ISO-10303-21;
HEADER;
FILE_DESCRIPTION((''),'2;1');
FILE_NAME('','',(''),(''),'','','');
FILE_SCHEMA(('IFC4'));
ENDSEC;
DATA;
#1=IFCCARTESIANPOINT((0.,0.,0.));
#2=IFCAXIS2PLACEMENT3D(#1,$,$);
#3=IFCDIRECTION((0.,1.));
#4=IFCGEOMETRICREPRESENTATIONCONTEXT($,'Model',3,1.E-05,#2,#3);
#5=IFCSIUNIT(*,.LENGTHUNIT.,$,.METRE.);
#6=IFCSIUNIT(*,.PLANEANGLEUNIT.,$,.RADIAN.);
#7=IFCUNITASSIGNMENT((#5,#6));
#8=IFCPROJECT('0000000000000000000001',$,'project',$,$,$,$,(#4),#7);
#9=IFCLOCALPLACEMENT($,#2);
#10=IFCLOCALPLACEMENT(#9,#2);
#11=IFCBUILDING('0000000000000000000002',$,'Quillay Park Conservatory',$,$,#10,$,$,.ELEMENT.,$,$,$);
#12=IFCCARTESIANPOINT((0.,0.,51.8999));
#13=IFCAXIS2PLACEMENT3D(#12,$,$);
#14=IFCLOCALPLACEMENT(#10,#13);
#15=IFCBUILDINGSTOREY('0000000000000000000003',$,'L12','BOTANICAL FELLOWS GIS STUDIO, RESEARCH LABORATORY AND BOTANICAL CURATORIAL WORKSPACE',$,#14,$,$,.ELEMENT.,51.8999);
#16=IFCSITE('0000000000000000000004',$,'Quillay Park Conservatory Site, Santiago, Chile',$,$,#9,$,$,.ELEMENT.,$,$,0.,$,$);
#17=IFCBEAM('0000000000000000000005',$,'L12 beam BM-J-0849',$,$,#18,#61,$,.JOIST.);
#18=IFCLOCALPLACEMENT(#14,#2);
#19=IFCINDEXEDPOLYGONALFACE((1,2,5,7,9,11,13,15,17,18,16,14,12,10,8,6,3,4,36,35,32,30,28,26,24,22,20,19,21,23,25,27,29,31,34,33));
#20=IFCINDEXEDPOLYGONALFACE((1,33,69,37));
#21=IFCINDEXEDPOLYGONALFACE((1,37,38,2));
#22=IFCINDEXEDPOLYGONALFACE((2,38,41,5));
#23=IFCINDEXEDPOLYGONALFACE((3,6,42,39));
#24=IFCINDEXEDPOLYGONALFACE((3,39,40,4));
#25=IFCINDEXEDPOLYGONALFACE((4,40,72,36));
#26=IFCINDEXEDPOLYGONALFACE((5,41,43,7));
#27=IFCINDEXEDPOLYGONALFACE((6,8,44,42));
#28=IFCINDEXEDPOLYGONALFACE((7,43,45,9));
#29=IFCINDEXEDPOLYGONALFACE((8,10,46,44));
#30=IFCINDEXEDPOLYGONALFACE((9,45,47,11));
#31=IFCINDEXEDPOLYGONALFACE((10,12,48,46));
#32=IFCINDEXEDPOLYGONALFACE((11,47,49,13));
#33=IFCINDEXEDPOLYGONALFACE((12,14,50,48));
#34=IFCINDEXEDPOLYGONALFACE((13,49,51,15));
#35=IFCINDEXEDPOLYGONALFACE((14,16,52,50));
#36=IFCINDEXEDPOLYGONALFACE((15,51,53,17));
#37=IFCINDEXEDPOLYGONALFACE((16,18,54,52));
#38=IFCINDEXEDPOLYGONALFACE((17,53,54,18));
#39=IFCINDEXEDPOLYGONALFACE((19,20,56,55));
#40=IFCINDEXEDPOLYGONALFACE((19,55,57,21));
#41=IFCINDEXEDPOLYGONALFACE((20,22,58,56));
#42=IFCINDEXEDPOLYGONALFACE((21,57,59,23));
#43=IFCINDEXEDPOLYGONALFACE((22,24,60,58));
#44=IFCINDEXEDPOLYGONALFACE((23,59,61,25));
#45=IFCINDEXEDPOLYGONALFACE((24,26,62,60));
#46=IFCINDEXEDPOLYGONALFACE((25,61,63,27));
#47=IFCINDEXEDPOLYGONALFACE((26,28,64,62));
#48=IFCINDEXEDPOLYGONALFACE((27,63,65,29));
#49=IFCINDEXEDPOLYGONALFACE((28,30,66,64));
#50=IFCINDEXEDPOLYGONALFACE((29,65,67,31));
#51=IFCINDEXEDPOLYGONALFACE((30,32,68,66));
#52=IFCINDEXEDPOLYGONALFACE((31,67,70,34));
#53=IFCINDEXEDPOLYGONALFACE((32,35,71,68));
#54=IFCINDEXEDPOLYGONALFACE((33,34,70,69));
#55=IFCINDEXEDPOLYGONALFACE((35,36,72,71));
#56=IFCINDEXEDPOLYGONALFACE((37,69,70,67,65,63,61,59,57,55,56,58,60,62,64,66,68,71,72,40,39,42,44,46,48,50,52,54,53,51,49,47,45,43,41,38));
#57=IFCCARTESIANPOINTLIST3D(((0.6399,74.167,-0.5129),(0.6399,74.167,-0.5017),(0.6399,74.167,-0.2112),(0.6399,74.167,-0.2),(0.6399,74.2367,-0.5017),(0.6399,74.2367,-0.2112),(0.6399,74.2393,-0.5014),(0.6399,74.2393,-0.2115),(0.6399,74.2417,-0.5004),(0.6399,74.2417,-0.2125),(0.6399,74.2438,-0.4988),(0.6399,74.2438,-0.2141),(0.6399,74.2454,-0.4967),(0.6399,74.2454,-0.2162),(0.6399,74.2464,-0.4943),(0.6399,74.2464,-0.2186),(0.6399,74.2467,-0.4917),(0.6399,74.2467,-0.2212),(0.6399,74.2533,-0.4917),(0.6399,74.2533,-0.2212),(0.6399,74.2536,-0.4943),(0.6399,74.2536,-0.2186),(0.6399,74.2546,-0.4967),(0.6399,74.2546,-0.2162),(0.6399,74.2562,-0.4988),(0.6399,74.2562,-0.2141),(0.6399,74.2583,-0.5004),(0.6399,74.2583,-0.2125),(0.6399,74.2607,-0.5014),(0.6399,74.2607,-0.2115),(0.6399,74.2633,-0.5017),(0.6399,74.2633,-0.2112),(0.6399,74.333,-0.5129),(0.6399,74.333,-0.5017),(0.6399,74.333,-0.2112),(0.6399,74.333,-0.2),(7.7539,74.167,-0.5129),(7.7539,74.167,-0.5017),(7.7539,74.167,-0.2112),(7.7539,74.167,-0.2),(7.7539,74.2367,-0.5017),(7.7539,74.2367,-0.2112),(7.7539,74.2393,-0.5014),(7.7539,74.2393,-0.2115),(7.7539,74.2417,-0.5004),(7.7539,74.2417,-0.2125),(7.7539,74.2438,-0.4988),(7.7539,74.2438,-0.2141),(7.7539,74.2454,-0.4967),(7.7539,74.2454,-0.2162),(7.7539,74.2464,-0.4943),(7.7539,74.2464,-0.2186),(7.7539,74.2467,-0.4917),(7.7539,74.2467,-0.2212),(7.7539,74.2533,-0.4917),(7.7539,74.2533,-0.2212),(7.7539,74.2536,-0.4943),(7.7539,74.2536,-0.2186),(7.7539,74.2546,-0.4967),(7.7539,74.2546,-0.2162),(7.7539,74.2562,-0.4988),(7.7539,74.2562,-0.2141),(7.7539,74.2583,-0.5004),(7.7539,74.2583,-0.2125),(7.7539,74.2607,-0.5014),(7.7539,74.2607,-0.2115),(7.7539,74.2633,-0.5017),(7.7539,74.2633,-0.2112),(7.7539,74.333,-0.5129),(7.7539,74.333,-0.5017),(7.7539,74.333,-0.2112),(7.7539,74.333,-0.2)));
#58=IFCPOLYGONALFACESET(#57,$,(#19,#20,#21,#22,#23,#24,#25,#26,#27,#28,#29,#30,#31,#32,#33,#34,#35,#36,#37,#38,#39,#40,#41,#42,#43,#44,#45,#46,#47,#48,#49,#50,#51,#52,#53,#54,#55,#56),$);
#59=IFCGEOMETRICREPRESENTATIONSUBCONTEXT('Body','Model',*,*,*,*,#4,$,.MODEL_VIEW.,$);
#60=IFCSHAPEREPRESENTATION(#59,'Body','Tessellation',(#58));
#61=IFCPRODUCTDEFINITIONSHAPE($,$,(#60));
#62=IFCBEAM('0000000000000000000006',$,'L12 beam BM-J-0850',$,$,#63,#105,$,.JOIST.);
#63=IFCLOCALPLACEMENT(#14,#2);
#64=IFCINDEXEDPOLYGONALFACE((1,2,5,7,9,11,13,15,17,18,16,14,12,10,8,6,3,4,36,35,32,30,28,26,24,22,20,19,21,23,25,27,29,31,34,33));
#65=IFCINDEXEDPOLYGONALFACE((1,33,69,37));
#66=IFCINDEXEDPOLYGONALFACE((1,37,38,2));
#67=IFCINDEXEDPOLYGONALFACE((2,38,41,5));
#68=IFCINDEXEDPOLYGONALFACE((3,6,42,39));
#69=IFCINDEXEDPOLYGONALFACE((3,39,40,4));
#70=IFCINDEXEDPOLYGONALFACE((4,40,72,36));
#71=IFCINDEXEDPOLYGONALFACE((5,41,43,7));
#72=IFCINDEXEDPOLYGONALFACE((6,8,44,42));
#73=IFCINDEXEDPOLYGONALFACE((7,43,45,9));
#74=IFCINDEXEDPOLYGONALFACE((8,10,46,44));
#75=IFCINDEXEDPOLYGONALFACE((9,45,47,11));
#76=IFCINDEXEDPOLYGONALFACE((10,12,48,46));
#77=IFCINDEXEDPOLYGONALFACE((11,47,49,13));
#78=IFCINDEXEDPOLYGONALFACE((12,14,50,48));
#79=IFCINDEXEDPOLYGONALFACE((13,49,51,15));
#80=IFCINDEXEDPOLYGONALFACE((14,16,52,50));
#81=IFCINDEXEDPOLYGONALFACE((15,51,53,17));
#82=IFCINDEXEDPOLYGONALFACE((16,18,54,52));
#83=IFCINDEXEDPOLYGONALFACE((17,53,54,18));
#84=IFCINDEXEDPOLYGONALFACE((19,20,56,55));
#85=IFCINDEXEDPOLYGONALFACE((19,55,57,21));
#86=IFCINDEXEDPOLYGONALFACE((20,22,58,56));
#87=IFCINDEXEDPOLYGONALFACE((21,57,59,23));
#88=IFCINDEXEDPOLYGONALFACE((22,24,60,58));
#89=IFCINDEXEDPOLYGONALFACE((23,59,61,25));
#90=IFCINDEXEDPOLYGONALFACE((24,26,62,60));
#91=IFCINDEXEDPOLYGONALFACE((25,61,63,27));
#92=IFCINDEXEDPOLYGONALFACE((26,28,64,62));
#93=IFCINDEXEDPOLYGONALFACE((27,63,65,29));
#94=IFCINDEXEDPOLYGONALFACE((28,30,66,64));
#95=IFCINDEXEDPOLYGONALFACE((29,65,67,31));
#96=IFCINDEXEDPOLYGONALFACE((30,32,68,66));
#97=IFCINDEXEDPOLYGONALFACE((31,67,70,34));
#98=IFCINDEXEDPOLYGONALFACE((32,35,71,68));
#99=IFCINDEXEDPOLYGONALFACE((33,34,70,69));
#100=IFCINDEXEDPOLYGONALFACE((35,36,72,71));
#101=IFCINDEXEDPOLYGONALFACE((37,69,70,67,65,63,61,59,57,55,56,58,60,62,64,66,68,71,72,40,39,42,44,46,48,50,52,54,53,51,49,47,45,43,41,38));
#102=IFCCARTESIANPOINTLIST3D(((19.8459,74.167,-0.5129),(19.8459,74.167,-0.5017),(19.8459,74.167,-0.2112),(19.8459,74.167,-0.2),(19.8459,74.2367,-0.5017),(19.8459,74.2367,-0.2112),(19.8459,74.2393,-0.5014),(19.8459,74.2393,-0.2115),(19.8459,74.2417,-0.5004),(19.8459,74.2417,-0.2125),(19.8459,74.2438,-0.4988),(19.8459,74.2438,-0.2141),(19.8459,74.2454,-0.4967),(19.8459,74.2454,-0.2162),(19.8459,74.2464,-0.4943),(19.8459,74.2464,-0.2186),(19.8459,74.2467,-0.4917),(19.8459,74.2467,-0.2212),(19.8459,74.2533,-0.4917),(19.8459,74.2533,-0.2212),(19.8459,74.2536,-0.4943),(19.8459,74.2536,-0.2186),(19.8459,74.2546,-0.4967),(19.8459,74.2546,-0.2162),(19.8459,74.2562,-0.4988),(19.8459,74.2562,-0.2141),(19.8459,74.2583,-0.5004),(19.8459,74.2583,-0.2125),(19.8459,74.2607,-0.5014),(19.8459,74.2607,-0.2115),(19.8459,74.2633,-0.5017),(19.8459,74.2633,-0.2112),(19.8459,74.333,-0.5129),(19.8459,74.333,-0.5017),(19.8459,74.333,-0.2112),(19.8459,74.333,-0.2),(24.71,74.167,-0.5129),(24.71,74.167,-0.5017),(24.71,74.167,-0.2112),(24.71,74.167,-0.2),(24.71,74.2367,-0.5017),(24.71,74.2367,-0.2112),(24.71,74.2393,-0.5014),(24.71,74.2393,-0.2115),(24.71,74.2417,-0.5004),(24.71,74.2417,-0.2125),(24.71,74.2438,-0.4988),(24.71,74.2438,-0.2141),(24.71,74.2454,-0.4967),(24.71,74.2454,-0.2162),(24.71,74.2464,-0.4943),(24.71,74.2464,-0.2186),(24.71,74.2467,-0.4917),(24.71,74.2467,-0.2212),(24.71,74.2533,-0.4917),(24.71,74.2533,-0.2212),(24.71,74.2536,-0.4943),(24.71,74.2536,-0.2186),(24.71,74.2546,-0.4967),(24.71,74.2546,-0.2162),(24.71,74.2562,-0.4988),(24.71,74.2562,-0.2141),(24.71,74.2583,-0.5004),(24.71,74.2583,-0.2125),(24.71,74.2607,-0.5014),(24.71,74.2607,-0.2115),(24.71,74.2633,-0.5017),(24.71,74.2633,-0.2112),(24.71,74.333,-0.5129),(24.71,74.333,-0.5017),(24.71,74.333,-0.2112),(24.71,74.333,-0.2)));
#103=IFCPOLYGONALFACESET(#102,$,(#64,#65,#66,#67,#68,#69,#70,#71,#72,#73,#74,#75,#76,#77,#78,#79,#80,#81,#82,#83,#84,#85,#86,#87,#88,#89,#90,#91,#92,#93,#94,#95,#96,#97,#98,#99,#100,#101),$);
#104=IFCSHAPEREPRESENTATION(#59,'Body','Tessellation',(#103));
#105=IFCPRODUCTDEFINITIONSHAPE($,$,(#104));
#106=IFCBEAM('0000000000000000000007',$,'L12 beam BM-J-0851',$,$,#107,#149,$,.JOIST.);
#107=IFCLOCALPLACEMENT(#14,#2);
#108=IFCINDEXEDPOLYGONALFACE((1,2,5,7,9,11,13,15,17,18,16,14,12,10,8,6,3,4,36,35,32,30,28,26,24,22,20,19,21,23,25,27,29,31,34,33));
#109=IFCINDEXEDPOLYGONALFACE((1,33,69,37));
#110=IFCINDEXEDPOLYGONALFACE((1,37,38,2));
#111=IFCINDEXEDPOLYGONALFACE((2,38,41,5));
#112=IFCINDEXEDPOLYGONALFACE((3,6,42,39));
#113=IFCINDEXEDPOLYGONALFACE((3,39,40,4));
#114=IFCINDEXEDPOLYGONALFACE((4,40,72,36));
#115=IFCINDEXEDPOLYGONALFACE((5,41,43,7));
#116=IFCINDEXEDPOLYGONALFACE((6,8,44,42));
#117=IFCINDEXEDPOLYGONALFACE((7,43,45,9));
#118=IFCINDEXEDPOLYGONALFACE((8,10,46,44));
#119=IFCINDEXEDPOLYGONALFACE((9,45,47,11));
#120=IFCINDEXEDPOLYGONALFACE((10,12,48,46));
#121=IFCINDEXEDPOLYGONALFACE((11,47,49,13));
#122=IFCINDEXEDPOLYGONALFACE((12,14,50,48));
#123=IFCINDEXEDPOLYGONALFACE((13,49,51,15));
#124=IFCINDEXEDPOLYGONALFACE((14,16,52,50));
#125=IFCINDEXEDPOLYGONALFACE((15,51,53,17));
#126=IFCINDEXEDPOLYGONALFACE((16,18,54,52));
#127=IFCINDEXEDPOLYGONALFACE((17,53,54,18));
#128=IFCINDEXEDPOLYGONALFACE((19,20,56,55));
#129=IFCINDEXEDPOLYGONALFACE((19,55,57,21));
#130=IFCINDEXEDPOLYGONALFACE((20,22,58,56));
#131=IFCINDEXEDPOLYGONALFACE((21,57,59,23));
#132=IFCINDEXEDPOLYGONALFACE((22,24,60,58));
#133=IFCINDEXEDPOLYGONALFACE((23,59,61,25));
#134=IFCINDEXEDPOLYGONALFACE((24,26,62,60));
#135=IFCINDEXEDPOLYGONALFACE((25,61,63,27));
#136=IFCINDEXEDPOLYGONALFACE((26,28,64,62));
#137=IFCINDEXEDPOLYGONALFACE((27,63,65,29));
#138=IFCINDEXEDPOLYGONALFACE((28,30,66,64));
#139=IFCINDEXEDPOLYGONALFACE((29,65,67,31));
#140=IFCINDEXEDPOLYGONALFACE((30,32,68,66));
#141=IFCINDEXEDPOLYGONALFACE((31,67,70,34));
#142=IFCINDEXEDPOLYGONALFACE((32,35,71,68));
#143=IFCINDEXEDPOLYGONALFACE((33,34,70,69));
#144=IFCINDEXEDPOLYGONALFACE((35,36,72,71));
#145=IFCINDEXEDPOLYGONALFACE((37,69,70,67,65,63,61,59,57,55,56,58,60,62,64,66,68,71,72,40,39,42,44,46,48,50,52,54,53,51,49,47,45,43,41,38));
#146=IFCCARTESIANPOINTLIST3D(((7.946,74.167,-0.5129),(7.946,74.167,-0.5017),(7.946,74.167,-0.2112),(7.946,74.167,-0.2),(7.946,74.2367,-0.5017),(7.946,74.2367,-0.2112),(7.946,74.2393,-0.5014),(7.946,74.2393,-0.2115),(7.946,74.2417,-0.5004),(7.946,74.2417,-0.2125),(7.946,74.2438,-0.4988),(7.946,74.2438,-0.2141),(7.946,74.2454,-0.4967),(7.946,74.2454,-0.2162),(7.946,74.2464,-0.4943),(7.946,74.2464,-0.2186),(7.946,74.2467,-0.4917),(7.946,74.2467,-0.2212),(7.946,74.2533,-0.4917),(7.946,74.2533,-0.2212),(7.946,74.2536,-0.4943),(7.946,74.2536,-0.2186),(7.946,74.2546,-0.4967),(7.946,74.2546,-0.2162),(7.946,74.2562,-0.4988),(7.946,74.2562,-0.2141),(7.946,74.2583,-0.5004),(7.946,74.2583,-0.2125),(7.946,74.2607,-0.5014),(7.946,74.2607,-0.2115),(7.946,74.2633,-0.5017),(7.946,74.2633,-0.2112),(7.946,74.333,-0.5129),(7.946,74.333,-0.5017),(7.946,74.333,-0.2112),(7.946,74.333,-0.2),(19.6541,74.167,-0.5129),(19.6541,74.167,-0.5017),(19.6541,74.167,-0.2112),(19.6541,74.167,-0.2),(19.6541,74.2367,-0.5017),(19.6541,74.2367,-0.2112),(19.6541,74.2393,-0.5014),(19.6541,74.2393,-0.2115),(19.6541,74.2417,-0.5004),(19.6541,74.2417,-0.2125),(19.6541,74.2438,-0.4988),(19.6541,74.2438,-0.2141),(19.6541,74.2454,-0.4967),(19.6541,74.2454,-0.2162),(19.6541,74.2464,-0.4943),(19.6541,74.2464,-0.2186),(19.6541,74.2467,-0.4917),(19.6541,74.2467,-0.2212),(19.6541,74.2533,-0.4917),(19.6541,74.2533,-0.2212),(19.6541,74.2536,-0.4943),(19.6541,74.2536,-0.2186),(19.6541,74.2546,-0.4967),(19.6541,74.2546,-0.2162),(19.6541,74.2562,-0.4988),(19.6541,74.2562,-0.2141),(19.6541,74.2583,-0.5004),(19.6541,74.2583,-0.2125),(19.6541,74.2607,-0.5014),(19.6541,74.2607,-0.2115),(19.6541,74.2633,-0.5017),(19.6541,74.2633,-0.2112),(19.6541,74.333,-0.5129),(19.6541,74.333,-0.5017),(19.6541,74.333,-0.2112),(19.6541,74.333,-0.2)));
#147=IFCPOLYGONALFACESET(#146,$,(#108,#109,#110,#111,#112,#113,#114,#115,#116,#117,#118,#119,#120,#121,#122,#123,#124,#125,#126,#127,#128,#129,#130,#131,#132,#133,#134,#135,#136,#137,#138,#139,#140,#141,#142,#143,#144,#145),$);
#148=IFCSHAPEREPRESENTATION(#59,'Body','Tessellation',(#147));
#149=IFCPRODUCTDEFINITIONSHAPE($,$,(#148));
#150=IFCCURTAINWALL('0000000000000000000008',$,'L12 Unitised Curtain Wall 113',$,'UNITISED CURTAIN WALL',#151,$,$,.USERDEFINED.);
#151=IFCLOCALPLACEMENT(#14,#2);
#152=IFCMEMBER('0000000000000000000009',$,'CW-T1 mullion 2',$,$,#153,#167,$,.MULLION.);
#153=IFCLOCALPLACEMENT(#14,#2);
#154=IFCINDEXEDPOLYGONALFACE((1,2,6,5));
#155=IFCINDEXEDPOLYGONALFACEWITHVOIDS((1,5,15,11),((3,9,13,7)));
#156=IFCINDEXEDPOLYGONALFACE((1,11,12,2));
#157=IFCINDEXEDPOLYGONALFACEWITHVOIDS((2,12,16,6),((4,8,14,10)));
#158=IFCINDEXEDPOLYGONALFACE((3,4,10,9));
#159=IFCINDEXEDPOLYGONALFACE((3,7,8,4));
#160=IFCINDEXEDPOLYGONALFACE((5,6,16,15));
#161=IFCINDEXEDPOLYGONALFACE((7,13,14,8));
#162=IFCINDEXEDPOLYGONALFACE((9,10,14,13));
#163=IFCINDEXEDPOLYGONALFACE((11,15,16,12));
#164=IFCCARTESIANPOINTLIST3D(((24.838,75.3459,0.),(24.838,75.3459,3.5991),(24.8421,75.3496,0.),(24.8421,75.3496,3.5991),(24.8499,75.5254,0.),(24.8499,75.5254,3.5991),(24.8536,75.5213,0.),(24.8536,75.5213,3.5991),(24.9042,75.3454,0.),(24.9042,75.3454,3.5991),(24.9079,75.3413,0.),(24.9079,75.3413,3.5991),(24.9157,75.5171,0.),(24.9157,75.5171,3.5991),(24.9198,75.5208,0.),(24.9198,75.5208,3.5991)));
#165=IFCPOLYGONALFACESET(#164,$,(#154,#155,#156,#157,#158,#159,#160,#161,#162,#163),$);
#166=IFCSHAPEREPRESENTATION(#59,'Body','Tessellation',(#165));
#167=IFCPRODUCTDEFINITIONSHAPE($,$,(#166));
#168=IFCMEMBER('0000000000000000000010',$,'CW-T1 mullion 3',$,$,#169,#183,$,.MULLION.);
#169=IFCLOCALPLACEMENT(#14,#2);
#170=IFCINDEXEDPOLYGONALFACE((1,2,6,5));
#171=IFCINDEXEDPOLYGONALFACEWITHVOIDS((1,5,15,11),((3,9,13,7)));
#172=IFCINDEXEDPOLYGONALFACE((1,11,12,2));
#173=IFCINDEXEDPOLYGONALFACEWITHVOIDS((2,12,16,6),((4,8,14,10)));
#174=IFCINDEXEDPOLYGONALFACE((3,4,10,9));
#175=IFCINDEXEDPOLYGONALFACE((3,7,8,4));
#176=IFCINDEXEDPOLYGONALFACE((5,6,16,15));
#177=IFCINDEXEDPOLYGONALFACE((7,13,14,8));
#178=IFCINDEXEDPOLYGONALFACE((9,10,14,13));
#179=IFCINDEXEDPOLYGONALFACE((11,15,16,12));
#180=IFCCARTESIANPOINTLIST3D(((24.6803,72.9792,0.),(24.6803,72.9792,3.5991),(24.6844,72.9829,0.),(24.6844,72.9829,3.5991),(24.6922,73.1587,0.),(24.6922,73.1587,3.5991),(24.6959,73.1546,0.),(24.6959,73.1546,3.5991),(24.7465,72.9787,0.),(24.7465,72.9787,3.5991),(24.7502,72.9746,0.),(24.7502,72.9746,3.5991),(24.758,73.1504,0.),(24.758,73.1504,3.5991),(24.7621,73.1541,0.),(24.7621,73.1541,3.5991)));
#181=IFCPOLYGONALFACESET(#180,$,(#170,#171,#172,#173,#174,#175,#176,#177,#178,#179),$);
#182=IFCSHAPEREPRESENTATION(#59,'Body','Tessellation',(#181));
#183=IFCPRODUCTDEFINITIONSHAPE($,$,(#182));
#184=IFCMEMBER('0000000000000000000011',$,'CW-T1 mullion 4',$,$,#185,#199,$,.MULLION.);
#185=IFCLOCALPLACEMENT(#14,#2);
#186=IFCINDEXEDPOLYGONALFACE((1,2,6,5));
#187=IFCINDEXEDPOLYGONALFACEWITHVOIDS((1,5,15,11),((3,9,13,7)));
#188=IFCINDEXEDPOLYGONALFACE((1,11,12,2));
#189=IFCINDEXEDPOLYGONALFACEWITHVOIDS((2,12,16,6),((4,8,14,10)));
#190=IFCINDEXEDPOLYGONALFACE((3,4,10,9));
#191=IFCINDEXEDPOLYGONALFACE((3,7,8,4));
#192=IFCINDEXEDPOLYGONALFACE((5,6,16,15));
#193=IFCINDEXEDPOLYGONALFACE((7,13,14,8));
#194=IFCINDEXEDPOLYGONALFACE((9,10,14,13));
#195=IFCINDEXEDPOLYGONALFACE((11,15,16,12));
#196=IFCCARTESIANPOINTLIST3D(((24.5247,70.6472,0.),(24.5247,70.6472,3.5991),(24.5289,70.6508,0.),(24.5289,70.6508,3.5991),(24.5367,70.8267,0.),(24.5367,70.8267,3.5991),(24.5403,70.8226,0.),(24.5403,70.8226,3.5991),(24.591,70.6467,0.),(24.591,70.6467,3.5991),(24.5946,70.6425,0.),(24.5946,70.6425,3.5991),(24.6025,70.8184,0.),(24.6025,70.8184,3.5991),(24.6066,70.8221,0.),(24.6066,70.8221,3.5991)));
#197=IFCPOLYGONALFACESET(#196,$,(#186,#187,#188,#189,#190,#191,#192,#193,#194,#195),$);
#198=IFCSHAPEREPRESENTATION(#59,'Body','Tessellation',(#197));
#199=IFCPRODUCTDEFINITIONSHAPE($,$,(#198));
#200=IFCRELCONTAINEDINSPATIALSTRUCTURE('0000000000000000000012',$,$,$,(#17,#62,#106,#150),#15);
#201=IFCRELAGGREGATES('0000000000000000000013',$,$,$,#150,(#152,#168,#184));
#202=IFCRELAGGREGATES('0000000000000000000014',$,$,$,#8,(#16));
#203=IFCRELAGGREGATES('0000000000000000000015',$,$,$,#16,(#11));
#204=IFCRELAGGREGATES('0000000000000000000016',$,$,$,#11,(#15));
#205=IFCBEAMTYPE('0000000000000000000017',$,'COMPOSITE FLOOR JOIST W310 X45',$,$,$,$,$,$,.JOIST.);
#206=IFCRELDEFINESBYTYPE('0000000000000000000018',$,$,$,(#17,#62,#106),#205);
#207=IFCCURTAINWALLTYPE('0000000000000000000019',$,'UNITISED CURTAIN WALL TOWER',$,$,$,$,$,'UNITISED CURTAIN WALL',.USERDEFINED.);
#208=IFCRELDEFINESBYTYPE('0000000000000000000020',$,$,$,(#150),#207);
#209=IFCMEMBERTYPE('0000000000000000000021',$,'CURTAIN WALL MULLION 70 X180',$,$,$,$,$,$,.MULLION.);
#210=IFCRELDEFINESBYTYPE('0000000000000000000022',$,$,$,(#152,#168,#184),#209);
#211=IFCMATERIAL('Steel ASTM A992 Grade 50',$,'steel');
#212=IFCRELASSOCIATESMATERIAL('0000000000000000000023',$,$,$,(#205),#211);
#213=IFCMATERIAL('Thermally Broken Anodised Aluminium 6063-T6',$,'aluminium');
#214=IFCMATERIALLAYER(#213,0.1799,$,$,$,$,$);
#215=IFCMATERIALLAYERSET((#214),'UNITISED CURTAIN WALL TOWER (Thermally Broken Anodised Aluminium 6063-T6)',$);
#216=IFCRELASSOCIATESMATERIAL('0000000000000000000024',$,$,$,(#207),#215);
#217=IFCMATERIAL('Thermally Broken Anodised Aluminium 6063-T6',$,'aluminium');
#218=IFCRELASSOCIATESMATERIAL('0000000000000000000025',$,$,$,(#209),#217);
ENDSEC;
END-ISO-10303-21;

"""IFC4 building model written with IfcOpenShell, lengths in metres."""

from ifc_helpers import new_model, si_unit, direction, frame, origin, origin_2d, place, context, subcontext, project, spatial, hollow_rectangle, i_section, extrude, material, layer, layer_set, material_profile, profile_set, type_object, element, aggregate, save


model = new_model("IFC4")

# Units and contexts
model_context = context("Model", 3, precision=1e-05, world=origin(), true_north=direction((0.0, 1.0)))
body_context = subcontext(model_context, "Body", "Model", "MODEL_VIEW")
ifc_project = project(units=[si_unit("LENGTHUNIT", "METRE"), si_unit("PLANEANGLEUNIT", "RADIAN")], contexts=[model_context])

# Site, building, storey
site_placement = place(None, origin())
site = spatial("IfcSite", under=ifc_project, at=site_placement, Name="Quillay Park Conservatory Site, Santiago, Chile", CompositionType="ELEMENT", RefElevation=0.0)
building_placement = place(site_placement, origin())
building = spatial("IfcBuilding", under=site, at=building_placement, Name="Quillay Park Conservatory", CompositionType="ELEMENT")
storey_placement = place(building_placement, frame((0.0, 0.0, 51.8999)))
storey = spatial("IfcBuildingStorey", under=building, at=storey_placement, Name="L12", Description="BOTANICAL FELLOWS GIS STUDIO, RESEARCH LABORATORY AND BOTANICAL CURATORIAL WORKSPACE", CompositionType="ELEMENT", Elevation=51.8999)

# Beams
ifc_material_1 = material(Name="Steel ASTM A992 Grade 50", Category="steel")
ifc_material_profile_1 = material_profile(ifc_material_1, i_section(OverallWidth=0.166, OverallDepth=0.313, WebThickness=0.0066, FlangeThickness=0.0112, FilletRadius=0.01, at=origin_2d()), Name="W310x45")
ifc_profile_set_1 = profile_set([ifc_material_profile_1], Name="Steel ASTM A992 Grade 50")
beam_type_1 = type_object("IfcBeamType", Name="COMPOSITE FLOOR JOIST W310 X45", PredefinedType="JOIST", material=ifc_profile_set_1)
beam_1_placement = place(storey_placement, frame((0.6399, 74.25, -0.3564), z_axis=(1.0, 0.0, 0.0), x_axis=(0.0, 1.0, 0.0)))
element("IfcBeam", 1, at=beam_1_placement, inside=storey, type_object=beam_type_1, Name="L12 beam BM-J-0849", PredefinedType="JOIST", context=body_context, shape_type="SweptSolid", body=[
    extrude(i_section(OverallWidth=0.166, OverallDepth=0.313, WebThickness=0.0066, FlangeThickness=0.0112, FilletRadius=0.01, at=origin_2d()), origin(), (0.0, 0.0, 1.0), 7.114),
])
beam_2_placement = place(storey_placement, frame((19.8459, 74.25, -0.3564), z_axis=(1.0, 0.0, 0.0), x_axis=(0.0, 1.0, 0.0)))
element("IfcBeam", 2, at=beam_2_placement, inside=storey, type_object=beam_type_1, Name="L12 beam BM-J-0850", PredefinedType="JOIST", context=body_context, shape_type="SweptSolid", body=[
    extrude(i_section(OverallWidth=0.166, OverallDepth=0.313, WebThickness=0.0066, FlangeThickness=0.0112, FilletRadius=0.01, at=origin_2d()), origin(), (0.0, 0.0, 1.0), 4.864),
])
beam_3_placement = place(storey_placement, frame((7.946, 74.25, -0.3564), z_axis=(1.0, 0.0, 0.0), x_axis=(0.0, 1.0, 0.0)))
element("IfcBeam", 3, at=beam_3_placement, inside=storey, type_object=beam_type_1, Name="L12 beam BM-J-0851", PredefinedType="JOIST", context=body_context, shape_type="SweptSolid", body=[
    extrude(i_section(OverallWidth=0.166, OverallDepth=0.313, WebThickness=0.0066, FlangeThickness=0.0112, FilletRadius=0.01, at=origin_2d()), origin(), (0.0, 0.0, 1.0), 11.708),
])

# Curtain wall, members
ifc_material_2 = material(Name="Thermally Broken Anodised Aluminium 6063-T6", Category="aluminium")
ifc_layer_1 = layer(ifc_material_2, 0.1799)
ifc_layer_set_1 = layer_set([ifc_layer_1], Name="UNITISED CURTAIN WALL TOWER (Thermally Broken Anodised Aluminium 6063-T6)")
curtain_wall_type = type_object("IfcCurtainWallType", Name="UNITISED CURTAIN WALL TOWER", ElementType="UNITISED CURTAIN WALL", PredefinedType="USERDEFINED", material=ifc_layer_set_1)
curtain_wall_placement = place(storey_placement, origin())
curtain_wall = element("IfcCurtainWall", 4, at=curtain_wall_placement, inside=storey, type_object=curtain_wall_type, Name="L12 Unitised Curtain Wall 113", ObjectType="UNITISED CURTAIN WALL", PredefinedType="USERDEFINED")
ifc_material_3 = material(Name="Thermally Broken Anodised Aluminium 6063-T6", Category="aluminium")
ifc_material_profile_2 = material_profile(ifc_material_3, hollow_rectangle(XDim=0.0701, YDim=0.1799, WallThickness=0.0039, at=origin_2d()), Name="AL70x180x4")
ifc_profile_set_2 = profile_set([ifc_material_profile_2], Name="Thermally Broken Anodised Aluminium 6063-T6")
member_type_1 = type_object("IfcMemberType", Name="CURTAIN WALL MULLION 70 X180", PredefinedType="MULLION", material=ifc_profile_set_2)
member_1_placement = place(storey_placement, frame((24.8789, 75.4333, 0.0), z_axis=(0.0, 0.0, 1.0), x_axis=(0.997785, -0.066521, 0.0)))
member_1 = element("IfcMember", 5, at=member_1_placement, type_object=member_type_1, Name="CW-T1 mullion 2", PredefinedType="MULLION", context=body_context, shape_type="SweptSolid", body=[
    extrude(hollow_rectangle(XDim=0.0701, YDim=0.1799, WallThickness=0.0039, at=origin_2d()), origin(), (0.0, 0.0, 1.0), 3.5991),
])
member_2_placement = place(storey_placement, frame((24.7212, 73.0667, 0.0), z_axis=(0.0, 0.0, 1.0), x_axis=(0.997785, -0.066521, 0.0)))
member_2 = element("IfcMember", 6, at=member_2_placement, type_object=member_type_1, Name="CW-T1 mullion 3", PredefinedType="MULLION", context=body_context, shape_type="SweptSolid", body=[
    extrude(hollow_rectangle(XDim=0.0701, YDim=0.1799, WallThickness=0.0039, at=origin_2d()), origin(), (0.0, 0.0, 1.0), 3.5991),
])
member_3_placement = place(storey_placement, frame((24.5657, 70.7346, 0.0), z_axis=(0.0, 0.0, 1.0), x_axis=(0.997785, -0.066521, 0.0)))
member_3 = element("IfcMember", 7, at=member_3_placement, type_object=member_type_1, Name="CW-T1 mullion 4", PredefinedType="MULLION", context=body_context, shape_type="SweptSolid", body=[
    extrude(hollow_rectangle(XDim=0.0701, YDim=0.1799, WallThickness=0.0039, at=origin_2d()), origin(), (0.0, 0.0, 1.0), 3.5991),
])

aggregate(curtain_wall, [member_1, member_2, member_3])

save(model, "model.ifc")
